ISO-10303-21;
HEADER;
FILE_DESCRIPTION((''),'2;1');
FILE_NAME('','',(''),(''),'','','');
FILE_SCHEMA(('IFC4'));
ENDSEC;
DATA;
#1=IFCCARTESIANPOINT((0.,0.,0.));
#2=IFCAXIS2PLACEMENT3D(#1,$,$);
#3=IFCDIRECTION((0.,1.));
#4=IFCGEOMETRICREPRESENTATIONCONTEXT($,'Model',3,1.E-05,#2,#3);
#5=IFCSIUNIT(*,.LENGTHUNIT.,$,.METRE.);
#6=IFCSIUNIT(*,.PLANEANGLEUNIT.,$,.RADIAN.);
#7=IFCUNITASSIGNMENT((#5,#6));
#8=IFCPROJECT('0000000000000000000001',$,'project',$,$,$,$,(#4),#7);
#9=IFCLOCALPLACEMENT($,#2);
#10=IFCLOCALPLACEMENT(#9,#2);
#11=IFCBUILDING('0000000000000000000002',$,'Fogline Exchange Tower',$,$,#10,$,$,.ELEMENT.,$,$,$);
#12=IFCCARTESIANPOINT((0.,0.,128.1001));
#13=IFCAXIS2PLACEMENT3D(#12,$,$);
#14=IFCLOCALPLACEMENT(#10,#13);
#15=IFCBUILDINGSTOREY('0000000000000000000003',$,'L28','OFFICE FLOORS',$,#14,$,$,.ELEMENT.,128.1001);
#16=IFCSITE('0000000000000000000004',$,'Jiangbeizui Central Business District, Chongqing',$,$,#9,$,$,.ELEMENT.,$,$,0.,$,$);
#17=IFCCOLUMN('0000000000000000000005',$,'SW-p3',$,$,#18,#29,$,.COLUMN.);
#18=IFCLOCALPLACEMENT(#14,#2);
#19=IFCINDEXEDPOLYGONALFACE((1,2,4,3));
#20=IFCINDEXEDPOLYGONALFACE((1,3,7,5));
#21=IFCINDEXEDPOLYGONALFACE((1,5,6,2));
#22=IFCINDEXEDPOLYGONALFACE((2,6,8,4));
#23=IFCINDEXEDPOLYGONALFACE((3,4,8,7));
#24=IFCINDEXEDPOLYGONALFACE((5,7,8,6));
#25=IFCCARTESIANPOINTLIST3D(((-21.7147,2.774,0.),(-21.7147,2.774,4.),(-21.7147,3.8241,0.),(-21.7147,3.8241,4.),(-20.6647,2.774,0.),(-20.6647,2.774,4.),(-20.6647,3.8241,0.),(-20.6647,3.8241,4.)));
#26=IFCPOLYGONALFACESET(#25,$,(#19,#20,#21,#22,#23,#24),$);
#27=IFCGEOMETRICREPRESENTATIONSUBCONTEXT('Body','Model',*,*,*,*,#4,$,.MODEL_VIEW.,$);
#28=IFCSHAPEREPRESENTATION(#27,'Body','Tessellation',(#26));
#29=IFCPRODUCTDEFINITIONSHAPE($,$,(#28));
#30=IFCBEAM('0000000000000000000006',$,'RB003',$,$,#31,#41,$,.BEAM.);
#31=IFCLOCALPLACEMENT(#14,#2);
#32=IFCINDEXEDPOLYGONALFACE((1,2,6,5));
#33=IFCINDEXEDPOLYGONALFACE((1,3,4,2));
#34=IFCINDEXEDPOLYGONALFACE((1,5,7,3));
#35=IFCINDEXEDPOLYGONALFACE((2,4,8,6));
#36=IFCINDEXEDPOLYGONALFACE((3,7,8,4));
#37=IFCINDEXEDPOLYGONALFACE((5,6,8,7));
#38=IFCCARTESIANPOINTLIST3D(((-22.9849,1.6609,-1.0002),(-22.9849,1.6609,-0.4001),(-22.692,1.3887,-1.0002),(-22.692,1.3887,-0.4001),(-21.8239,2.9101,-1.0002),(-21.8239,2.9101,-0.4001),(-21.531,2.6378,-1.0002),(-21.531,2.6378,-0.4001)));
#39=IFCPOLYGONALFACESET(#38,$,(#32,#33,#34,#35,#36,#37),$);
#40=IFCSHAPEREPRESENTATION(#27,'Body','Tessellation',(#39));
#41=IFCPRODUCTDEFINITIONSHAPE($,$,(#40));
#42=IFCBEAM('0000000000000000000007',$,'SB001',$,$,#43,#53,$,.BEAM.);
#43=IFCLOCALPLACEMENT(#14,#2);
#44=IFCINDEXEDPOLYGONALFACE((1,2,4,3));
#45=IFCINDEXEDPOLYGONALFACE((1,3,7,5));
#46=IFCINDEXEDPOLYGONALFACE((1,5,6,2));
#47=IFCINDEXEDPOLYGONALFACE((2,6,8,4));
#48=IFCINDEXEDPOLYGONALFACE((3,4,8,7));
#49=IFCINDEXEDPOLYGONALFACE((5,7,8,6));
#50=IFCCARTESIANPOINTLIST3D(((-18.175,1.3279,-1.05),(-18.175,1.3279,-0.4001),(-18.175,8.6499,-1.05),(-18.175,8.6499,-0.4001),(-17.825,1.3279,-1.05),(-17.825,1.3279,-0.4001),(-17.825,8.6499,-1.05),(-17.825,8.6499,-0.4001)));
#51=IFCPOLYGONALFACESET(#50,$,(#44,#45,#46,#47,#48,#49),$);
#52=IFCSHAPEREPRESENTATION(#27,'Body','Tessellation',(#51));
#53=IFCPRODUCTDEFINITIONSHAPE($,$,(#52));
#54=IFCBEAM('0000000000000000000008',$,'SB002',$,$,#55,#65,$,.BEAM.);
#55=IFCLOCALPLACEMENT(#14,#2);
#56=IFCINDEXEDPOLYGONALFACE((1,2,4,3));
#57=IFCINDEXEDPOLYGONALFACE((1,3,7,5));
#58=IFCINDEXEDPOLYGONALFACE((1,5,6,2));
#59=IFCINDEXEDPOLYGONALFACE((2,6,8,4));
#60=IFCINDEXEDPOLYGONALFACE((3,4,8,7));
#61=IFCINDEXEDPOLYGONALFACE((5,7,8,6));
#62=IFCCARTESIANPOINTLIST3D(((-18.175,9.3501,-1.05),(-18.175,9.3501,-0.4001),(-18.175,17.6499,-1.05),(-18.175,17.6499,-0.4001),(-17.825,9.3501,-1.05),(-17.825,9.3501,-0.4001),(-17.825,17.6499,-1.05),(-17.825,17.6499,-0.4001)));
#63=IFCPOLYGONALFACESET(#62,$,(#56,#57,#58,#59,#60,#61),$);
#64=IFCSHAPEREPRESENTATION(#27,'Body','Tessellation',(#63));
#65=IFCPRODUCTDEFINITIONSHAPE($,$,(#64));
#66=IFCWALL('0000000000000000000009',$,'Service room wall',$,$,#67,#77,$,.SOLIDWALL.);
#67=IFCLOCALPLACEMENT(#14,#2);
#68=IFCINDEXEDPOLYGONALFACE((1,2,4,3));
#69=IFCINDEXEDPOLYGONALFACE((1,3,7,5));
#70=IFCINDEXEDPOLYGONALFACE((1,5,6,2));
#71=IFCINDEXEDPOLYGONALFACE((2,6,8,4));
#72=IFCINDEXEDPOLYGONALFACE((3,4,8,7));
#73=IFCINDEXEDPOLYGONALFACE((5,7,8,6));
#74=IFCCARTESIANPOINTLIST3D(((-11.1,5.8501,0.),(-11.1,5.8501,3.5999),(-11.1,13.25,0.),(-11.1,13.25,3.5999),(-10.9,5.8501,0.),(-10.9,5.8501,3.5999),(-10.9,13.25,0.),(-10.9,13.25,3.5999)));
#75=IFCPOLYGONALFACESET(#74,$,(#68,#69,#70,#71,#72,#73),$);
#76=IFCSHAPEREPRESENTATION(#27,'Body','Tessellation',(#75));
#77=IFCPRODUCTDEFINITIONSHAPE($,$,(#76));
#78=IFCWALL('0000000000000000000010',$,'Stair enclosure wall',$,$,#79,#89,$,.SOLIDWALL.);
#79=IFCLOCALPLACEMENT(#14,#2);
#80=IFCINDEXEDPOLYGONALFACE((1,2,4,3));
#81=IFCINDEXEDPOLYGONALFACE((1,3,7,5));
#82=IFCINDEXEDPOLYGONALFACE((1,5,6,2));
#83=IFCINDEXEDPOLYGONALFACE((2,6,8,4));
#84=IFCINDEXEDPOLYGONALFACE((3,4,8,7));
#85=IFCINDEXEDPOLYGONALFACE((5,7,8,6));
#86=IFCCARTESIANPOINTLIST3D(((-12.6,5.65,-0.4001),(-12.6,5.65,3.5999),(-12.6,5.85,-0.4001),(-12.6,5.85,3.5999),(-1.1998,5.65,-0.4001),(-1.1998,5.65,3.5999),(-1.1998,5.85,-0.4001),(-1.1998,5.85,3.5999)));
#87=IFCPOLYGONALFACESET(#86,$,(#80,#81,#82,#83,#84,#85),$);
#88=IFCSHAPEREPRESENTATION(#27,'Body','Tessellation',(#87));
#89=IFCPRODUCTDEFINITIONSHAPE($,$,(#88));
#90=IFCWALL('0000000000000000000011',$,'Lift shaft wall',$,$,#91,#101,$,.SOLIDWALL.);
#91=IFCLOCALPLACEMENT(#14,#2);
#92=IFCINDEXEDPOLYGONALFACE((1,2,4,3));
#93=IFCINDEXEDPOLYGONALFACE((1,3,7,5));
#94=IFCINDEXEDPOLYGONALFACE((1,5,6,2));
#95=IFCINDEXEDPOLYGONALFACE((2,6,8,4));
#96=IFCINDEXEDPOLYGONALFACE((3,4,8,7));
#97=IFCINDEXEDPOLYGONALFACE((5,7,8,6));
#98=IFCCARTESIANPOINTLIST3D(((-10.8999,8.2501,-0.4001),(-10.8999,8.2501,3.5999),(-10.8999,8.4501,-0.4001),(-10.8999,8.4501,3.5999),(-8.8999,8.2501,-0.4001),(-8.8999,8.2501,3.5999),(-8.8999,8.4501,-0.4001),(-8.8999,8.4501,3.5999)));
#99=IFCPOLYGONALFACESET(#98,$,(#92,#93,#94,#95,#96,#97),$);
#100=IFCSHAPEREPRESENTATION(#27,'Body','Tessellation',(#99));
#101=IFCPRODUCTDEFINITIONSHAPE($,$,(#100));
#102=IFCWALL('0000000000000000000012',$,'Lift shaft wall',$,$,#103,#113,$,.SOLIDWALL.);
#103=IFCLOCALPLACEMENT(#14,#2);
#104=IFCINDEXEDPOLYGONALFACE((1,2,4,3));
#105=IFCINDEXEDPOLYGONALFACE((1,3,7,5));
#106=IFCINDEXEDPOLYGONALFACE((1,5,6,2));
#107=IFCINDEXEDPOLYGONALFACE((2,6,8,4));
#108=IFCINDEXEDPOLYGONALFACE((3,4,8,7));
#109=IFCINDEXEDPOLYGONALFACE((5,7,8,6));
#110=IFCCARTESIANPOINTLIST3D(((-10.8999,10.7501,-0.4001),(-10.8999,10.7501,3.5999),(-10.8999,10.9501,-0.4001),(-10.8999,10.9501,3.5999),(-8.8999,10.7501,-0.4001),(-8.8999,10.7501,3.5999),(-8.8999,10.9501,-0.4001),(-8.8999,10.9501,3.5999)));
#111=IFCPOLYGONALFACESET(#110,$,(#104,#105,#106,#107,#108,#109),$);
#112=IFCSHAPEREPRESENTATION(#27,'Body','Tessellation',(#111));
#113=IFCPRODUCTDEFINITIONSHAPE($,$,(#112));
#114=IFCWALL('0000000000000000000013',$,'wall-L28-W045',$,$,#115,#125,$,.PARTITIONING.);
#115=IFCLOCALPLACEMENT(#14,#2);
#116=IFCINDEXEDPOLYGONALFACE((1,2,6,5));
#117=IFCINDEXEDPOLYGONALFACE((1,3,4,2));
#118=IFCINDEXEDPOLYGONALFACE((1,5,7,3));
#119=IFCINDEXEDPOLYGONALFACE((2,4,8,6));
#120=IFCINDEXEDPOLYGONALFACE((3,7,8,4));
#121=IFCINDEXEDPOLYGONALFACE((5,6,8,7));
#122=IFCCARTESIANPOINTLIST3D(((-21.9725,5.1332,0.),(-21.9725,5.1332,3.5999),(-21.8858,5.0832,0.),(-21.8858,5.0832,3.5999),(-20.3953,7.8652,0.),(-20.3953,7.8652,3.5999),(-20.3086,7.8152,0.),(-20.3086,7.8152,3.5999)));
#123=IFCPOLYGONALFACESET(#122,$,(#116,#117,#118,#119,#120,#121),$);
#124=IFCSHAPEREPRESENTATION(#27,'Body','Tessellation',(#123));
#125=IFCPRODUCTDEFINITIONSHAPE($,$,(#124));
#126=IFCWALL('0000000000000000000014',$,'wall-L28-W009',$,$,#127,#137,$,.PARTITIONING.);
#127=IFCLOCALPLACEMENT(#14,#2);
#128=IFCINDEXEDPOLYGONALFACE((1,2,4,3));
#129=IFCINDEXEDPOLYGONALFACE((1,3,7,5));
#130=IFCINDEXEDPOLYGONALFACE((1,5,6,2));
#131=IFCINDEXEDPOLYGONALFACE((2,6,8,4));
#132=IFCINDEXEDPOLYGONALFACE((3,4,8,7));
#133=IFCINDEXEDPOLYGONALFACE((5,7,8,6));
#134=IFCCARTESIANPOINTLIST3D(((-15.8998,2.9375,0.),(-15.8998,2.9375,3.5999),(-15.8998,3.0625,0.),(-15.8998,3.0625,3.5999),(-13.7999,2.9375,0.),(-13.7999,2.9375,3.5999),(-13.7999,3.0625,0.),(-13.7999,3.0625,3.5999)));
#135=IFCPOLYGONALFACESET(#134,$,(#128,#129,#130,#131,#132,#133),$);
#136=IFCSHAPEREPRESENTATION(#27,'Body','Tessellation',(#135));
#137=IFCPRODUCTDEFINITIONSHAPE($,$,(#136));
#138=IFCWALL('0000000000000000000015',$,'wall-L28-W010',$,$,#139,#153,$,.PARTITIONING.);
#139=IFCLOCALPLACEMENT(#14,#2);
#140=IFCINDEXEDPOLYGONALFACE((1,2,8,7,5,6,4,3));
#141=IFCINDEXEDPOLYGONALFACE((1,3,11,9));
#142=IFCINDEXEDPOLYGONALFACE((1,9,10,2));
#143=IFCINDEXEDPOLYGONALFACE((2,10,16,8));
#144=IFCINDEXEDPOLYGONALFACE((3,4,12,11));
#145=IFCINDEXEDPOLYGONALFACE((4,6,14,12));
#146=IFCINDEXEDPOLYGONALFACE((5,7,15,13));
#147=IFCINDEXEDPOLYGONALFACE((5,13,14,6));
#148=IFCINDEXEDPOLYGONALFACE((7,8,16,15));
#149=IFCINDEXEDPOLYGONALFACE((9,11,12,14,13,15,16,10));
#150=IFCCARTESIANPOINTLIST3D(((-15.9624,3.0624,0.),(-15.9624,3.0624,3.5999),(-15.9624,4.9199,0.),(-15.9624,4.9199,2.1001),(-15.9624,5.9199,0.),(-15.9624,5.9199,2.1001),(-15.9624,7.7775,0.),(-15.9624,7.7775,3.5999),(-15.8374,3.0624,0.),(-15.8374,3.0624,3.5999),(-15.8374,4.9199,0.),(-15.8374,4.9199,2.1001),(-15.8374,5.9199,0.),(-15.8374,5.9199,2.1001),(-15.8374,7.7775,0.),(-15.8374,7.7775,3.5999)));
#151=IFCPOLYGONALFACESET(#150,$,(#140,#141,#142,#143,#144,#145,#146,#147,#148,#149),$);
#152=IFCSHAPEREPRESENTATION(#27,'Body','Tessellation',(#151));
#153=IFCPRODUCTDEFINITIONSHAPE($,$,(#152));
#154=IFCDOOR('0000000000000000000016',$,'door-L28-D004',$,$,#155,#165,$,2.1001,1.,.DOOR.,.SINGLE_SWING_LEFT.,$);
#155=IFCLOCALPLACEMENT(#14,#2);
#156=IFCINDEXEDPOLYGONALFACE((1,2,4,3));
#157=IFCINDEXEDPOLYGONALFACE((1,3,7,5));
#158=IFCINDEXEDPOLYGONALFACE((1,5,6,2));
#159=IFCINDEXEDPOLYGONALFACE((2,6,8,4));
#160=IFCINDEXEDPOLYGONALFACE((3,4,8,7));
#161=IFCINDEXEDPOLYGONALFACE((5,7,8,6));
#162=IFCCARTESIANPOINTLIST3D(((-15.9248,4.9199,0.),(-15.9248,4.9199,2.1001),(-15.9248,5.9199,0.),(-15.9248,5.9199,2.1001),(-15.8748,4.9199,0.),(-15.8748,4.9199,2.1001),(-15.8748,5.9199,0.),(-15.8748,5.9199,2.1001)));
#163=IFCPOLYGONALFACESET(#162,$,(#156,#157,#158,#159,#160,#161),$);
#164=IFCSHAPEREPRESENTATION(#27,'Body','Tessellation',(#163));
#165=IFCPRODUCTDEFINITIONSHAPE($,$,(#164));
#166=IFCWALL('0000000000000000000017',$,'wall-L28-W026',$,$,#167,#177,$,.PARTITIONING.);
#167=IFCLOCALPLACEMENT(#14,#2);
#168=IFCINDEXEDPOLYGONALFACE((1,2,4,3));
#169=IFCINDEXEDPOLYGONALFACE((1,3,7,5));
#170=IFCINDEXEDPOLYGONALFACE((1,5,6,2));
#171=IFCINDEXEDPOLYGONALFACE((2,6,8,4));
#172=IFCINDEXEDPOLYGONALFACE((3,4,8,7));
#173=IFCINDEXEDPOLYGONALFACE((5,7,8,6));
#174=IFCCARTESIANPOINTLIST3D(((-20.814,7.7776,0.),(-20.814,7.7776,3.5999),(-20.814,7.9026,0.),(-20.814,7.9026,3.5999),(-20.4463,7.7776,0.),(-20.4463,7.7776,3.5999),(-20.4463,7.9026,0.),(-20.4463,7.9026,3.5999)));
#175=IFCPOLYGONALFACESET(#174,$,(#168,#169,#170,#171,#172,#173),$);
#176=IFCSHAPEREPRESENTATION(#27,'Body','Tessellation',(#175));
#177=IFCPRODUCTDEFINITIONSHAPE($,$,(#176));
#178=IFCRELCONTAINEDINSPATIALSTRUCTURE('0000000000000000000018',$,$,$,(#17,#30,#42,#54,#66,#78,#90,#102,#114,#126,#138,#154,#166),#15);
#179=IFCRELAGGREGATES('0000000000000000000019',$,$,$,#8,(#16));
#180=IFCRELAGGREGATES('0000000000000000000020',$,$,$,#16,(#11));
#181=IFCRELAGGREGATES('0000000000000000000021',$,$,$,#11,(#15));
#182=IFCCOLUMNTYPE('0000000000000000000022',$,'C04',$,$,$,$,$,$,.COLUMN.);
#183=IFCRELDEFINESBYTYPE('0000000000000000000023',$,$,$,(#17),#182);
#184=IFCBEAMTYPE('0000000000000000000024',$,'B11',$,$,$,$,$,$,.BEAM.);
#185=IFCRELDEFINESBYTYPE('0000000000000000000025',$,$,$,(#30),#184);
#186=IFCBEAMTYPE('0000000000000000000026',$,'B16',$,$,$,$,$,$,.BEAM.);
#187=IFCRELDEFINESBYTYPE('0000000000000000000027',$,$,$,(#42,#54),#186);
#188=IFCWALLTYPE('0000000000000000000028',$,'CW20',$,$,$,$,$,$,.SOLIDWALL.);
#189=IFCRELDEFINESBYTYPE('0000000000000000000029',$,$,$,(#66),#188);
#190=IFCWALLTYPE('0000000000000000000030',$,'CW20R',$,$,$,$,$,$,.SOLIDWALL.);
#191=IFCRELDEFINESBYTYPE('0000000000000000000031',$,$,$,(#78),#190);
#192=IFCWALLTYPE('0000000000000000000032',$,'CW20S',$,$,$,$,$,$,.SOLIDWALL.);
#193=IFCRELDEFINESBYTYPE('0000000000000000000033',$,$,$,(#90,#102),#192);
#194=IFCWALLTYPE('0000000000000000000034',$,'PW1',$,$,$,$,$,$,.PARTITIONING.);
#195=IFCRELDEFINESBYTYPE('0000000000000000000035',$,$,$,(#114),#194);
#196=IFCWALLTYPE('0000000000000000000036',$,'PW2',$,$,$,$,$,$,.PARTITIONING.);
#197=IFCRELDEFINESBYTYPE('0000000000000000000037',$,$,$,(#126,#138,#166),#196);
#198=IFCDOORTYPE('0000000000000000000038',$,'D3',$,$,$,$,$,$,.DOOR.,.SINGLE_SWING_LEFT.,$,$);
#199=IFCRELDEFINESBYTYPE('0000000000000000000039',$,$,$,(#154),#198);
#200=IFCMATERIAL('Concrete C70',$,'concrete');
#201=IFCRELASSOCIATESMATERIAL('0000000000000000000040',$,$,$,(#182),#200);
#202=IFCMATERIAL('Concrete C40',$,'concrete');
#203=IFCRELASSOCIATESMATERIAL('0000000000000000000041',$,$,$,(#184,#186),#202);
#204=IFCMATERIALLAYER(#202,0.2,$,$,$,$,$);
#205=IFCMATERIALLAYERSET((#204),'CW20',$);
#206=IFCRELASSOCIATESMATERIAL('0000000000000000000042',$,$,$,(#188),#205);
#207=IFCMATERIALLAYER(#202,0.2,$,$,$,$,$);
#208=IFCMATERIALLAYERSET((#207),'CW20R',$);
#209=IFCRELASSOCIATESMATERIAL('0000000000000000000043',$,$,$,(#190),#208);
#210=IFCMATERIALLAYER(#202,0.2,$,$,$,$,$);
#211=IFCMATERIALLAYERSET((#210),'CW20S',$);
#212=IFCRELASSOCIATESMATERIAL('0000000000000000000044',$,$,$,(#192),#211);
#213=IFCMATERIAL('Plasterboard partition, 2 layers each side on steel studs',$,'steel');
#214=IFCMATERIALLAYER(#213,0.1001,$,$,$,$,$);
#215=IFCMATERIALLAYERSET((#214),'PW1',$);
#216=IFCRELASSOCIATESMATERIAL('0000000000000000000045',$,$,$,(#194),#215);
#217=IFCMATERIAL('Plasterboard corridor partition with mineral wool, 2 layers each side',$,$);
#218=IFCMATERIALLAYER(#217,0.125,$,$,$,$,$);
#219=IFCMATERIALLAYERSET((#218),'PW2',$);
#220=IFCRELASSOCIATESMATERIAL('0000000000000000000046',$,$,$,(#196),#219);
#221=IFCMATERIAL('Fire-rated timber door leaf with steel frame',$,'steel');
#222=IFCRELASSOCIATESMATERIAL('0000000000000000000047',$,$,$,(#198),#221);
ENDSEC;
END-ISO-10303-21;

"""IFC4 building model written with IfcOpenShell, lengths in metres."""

from ifc_helpers import new_model, si_unit, direction, frame, frame_2d, origin, origin_2d, place, context, subcontext, project, spatial, rectangle, extrude, material, layer, layer_set, material_profile, profile_set, type_object, element, fill, save


model = new_model("IFC4")

# Units and contexts
model_context = context("Model", 3, precision=1e-05, world=origin(), true_north=direction((0.0, 1.0)))
body_context = subcontext(model_context, "Body", "Model", "MODEL_VIEW")
ifc_project = project(units=[si_unit("LENGTHUNIT", "METRE"), si_unit("PLANEANGLEUNIT", "RADIAN")], contexts=[model_context])

# Site, building, storey
site_placement = place(None, origin())
site = spatial("IfcSite", under=ifc_project, at=site_placement, Name="Jiangbeizui Central Business District, Chongqing", CompositionType="ELEMENT", RefElevation=0.0)
building_placement = place(site_placement, origin())
building = spatial("IfcBuilding", under=site, at=building_placement, Name="Fogline Exchange Tower", CompositionType="ELEMENT")
storey_placement = place(building_placement, frame((0.0, 0.0, 128.1001)))
storey = spatial("IfcBuildingStorey", under=building, at=storey_placement, Name="L28", Description="OFFICE FLOORS", CompositionType="ELEMENT", Elevation=128.1001)

# Column
ifc_material_1 = material(Name="Concrete C70", Category="concrete")
ifc_material_profile_1 = material_profile(ifc_material_1, rectangle(XDim=1.05, YDim=1.05, at=origin_2d()), Name="RC 1050x1050")
ifc_profile_set_1 = profile_set([ifc_material_profile_1], Name="Concrete C70")
column_type = type_object("IfcColumnType", Name="C04", PredefinedType="COLUMN", material=ifc_profile_set_1)
column_placement = place(storey_placement, frame((-21.1897, 3.2991, 0.0), z_axis=(0.0, 0.0, 1.0), x_axis=(1.0, 0.0, 0.0)))
element("IfcColumn", 1, at=column_placement, inside=storey, type_object=column_type, Name="SW-p3", PredefinedType="COLUMN", context=body_context, shape_type="SweptSolid", body=[
    extrude(rectangle(XDim=1.05, YDim=1.05, at=origin_2d()), origin(), (0.0, 0.0, 1.0), 4.0),
])

# Beams
ifc_material_2 = material(Name="Concrete C40", Category="concrete")
ifc_material_profile_2 = material_profile(ifc_material_2, rectangle(XDim=0.3999, YDim=0.6001, at=origin_2d()), Name="RC 400x600")
ifc_profile_set_2 = profile_set([ifc_material_profile_2], Name="Concrete C40")
beam_type_1 = type_object("IfcBeamType", Name="B11", PredefinedType="BEAM", material=ifc_profile_set_2)
beam_1_placement = place(storey_placement, frame((-21.6775, 2.7739, -0.7002), z_axis=(-0.680792, -0.732477, 0.0), x_axis=(0.732477, -0.680792, 0.0)))
element("IfcBeam", 2, at=beam_1_placement, inside=storey, type_object=beam_type_1, Name="RB003", PredefinedType="BEAM", context=body_context, shape_type="SweptSolid", body=[
    extrude(rectangle(XDim=0.3999, YDim=0.6001, at=origin_2d()), origin(), (0.0, 0.0, 1.0), 1.7053),
])
ifc_material_profile_3 = material_profile(ifc_material_2, rectangle(XDim=0.3501, YDim=0.6499, at=origin_2d()), Name="RC 350x650")
ifc_profile_set_3 = profile_set([ifc_material_profile_3], Name="Concrete C40")
beam_type_2 = type_object("IfcBeamType", Name="B16", PredefinedType="BEAM", material=ifc_profile_set_3)
beam_2_placement = place(storey_placement, frame((-18.0, 1.3279, -0.7251), z_axis=(0.0, 1.0, 0.0), x_axis=(-1.0, 0.0, 0.0)))
element("IfcBeam", 3, at=beam_2_placement, inside=storey, type_object=beam_type_2, Name="SB001", PredefinedType="BEAM", context=body_context, shape_type="SweptSolid", body=[
    extrude(rectangle(XDim=0.3501, YDim=0.6499, at=origin_2d()), origin(), (0.0, 0.0, 1.0), 7.322),
])
beam_3_placement = place(storey_placement, frame((-18.0, 9.3501, -0.7251), z_axis=(0.0, 1.0, 0.0), x_axis=(-1.0, 0.0, 0.0)))
element("IfcBeam", 4, at=beam_3_placement, inside=storey, type_object=beam_type_2, Name="SB002", PredefinedType="BEAM", context=body_context, shape_type="SweptSolid", body=[
    extrude(rectangle(XDim=0.3501, YDim=0.6499, at=origin_2d()), origin(), (0.0, 0.0, 1.0), 8.2998),
])

# Walls
ifc_layer_1 = layer(ifc_material_2, 0.2)
ifc_layer_set_1 = layer_set([ifc_layer_1], Name="CW20")
wall_type_1 = type_object("IfcWallType", Name="CW20", PredefinedType="SOLIDWALL", material=ifc_layer_set_1)
wall_1_placement = place(storey_placement, frame((-11.0, 5.8501, 0.0), z_axis=(0.0, 0.0, 1.0), x_axis=(0.0, 1.0, 0.0)))
element("IfcWall", 5, at=wall_1_placement, inside=storey, type_object=wall_type_1, Name="Service room wall", PredefinedType="SOLIDWALL", context=body_context, shape_type="SweptSolid", body=[
    extrude(rectangle(XDim=7.3999, YDim=0.2, at=frame_2d((3.7, 0.0))), origin(), (0.0, 0.0, 1.0), 3.5999),
])
ifc_layer_2 = layer(ifc_material_2, 0.2)
ifc_layer_set_2 = layer_set([ifc_layer_2], Name="CW20R")
wall_type_2 = type_object("IfcWallType", Name="CW20R", PredefinedType="SOLIDWALL", material=ifc_layer_set_2)
wall_2_placement = place(storey_placement, frame((-12.6001, 5.75, -0.4001), z_axis=(0.0, 0.0, 1.0), x_axis=(1.0, 0.0, 0.0)))
element("IfcWall", 6, at=wall_2_placement, inside=storey, type_object=wall_type_2, Name="Stair enclosure wall", PredefinedType="SOLIDWALL", context=body_context, shape_type="SweptSolid", body=[
    extrude(rectangle(XDim=11.4001, YDim=0.2, at=frame_2d((5.7002, 0.0))), origin(), (0.0, 0.0, 1.0), 4.0),
])
ifc_layer_3 = layer(ifc_material_2, 0.2)
ifc_layer_set_3 = layer_set([ifc_layer_3], Name="CW20S")
wall_type_3 = type_object("IfcWallType", Name="CW20S", PredefinedType="SOLIDWALL", material=ifc_layer_set_3)
for number, where, z_axis, x_axis, name in (
    (7, (-10.8999, 8.3501, -0.4001), (0.0, 0.0, 1.0), (1.0, 0.0, 0.0), "Lift shaft wall"),
    (8, (-10.8999, 10.8501, -0.4001), (0.0, 0.0, 1.0), (1.0, 0.0, 0.0), "Lift shaft wall"),
):
    element("IfcWall", number, at=place(storey_placement, frame(where, z_axis=z_axis, x_axis=x_axis)), inside=storey, type_object=wall_type_3, Name=name, PredefinedType="SOLIDWALL", context=body_context, shape_type="SweptSolid", body=[
        extrude(rectangle(XDim=2.0, YDim=0.2, at=frame_2d((1.0, 0.0))), origin(), (0.0, 0.0, 1.0), 4.0),
    ])
ifc_material_3 = material(Name="Plasterboard partition, 2 layers each side on steel studs", Category="steel")
ifc_layer_4 = layer(ifc_material_3, 0.1001)
ifc_layer_set_4 = layer_set([ifc_layer_4], Name="PW1")
wall_type_4 = type_object("IfcWallType", Name="PW1", PredefinedType="PARTITIONING", material=ifc_layer_set_4)
wall_3_placement = place(storey_placement, frame((-20.3521, 7.8401, 0.0), z_axis=(0.0, 0.0, 1.0), x_axis=(-0.499968, -0.866044, 0.0)))
element("IfcWall", 9, at=wall_3_placement, inside=storey, type_object=wall_type_4, Name="wall-L28-W045", PredefinedType="PARTITIONING", context=body_context, shape_type="SweptSolid", body=[
    extrude(rectangle(XDim=3.1545, YDim=0.1001, at=frame_2d((1.5771, 0.0))), origin(), (0.0, 0.0, 1.0), 3.5999),
])
ifc_material_4 = material(Name="Plasterboard corridor partition with mineral wool, 2 layers each side")
ifc_layer_5 = layer(ifc_material_4, 0.125)
ifc_layer_set_5 = layer_set([ifc_layer_5], Name="PW2")
wall_type_5 = type_object("IfcWallType", Name="PW2", PredefinedType="PARTITIONING", material=ifc_layer_set_5)
wall_4_placement = place(storey_placement, frame((-13.8, 3.0, 0.0), z_axis=(0.0, 0.0, 1.0), x_axis=(-1.0, 0.0, 0.0)))
element("IfcWall", 10, at=wall_4_placement, inside=storey, type_object=wall_type_5, Name="wall-L28-W009", PredefinedType="PARTITIONING", context=body_context, shape_type="SweptSolid", body=[
    extrude(rectangle(XDim=2.0999, YDim=0.125, at=frame_2d((1.0498, 0.0))), origin(), (0.0, 0.0, 1.0), 3.5999),
])

# Wall, opening, door
wall_5_placement = place(storey_placement, frame((-15.8999, 3.0625, 0.0), z_axis=(0.0, 0.0, 1.0), x_axis=(0.0, 1.0, 0.0)))
wall_5 = element("IfcWall", 11, at=wall_5_placement, inside=storey, type_object=wall_type_5, Name="wall-L28-W010", PredefinedType="PARTITIONING", context=body_context, shape_type="SweptSolid", body=[
    extrude(rectangle(XDim=4.7151, YDim=0.125, at=frame_2d((2.3574, 0.0))), origin(), (0.0, 0.0, 1.0), 3.5999),
])
opening_1_placement = place(wall_5_placement, frame((1.8574, 0.0, 0.0)))
opening_1 = element("IfcOpeningElement", 12, at=opening_1_placement, cuts=wall_5, PredefinedType="OPENING", context=body_context, shape_type="SweptSolid", body=[
    extrude(rectangle(XDim=1.0, YDim=2.1001, at=frame_2d((0.5, 1.05))), frame((0.0, 0.0725, 0.0), z_axis=(0.0, -1.0, 0.0), x_axis=(1.0, 0.0, 0.0)), (0.0, 0.0, 1.0), 0.145),
])
ifc_material_5 = material(Name="Fire-rated timber door leaf with steel frame", Category="steel")
door_type_1 = type_object("IfcDoorType", Name="D3", OperationType="SINGLE_SWING_LEFT", PredefinedType="DOOR", material=ifc_material_5)
door_1_placement = place(opening_1_placement, origin())
door_1 = element("IfcDoor", 13, at=door_1_placement, inside=storey, type_object=door_type_1, Name="door-L28-D004", OperationType="SINGLE_SWING_LEFT", OverallHeight=2.1001, OverallWidth=1.0, PredefinedType="DOOR", context=body_context, shape_type="SweptSolid", body=[
    extrude(rectangle(XDim=1.0, YDim=2.1001, at=frame_2d((0.5, 1.05))), frame((0.0, 0.0249, 0.0), z_axis=(0.0, -1.0, 0.0), x_axis=(1.0, 0.0, 0.0)), (0.0, 0.0, 1.0), 0.05),
])
fill(opening_1, door_1)

# Wall
wall_6_placement = place(storey_placement, frame((-20.4463, 7.8401, 0.0), z_axis=(0.0, 0.0, 1.0), x_axis=(-1.0, 0.0, 0.0)))
element("IfcWall", 14, at=wall_6_placement, inside=storey, type_object=wall_type_5, Name="wall-L28-W026", PredefinedType="PARTITIONING", context=body_context, shape_type="SweptSolid", body=[
    extrude(rectangle(XDim=0.3677, YDim=0.125, at=frame_2d((0.1838, 0.0))), origin(), (0.0, 0.0, 1.0), 3.5999),
])

save(model, "model.ifc")
